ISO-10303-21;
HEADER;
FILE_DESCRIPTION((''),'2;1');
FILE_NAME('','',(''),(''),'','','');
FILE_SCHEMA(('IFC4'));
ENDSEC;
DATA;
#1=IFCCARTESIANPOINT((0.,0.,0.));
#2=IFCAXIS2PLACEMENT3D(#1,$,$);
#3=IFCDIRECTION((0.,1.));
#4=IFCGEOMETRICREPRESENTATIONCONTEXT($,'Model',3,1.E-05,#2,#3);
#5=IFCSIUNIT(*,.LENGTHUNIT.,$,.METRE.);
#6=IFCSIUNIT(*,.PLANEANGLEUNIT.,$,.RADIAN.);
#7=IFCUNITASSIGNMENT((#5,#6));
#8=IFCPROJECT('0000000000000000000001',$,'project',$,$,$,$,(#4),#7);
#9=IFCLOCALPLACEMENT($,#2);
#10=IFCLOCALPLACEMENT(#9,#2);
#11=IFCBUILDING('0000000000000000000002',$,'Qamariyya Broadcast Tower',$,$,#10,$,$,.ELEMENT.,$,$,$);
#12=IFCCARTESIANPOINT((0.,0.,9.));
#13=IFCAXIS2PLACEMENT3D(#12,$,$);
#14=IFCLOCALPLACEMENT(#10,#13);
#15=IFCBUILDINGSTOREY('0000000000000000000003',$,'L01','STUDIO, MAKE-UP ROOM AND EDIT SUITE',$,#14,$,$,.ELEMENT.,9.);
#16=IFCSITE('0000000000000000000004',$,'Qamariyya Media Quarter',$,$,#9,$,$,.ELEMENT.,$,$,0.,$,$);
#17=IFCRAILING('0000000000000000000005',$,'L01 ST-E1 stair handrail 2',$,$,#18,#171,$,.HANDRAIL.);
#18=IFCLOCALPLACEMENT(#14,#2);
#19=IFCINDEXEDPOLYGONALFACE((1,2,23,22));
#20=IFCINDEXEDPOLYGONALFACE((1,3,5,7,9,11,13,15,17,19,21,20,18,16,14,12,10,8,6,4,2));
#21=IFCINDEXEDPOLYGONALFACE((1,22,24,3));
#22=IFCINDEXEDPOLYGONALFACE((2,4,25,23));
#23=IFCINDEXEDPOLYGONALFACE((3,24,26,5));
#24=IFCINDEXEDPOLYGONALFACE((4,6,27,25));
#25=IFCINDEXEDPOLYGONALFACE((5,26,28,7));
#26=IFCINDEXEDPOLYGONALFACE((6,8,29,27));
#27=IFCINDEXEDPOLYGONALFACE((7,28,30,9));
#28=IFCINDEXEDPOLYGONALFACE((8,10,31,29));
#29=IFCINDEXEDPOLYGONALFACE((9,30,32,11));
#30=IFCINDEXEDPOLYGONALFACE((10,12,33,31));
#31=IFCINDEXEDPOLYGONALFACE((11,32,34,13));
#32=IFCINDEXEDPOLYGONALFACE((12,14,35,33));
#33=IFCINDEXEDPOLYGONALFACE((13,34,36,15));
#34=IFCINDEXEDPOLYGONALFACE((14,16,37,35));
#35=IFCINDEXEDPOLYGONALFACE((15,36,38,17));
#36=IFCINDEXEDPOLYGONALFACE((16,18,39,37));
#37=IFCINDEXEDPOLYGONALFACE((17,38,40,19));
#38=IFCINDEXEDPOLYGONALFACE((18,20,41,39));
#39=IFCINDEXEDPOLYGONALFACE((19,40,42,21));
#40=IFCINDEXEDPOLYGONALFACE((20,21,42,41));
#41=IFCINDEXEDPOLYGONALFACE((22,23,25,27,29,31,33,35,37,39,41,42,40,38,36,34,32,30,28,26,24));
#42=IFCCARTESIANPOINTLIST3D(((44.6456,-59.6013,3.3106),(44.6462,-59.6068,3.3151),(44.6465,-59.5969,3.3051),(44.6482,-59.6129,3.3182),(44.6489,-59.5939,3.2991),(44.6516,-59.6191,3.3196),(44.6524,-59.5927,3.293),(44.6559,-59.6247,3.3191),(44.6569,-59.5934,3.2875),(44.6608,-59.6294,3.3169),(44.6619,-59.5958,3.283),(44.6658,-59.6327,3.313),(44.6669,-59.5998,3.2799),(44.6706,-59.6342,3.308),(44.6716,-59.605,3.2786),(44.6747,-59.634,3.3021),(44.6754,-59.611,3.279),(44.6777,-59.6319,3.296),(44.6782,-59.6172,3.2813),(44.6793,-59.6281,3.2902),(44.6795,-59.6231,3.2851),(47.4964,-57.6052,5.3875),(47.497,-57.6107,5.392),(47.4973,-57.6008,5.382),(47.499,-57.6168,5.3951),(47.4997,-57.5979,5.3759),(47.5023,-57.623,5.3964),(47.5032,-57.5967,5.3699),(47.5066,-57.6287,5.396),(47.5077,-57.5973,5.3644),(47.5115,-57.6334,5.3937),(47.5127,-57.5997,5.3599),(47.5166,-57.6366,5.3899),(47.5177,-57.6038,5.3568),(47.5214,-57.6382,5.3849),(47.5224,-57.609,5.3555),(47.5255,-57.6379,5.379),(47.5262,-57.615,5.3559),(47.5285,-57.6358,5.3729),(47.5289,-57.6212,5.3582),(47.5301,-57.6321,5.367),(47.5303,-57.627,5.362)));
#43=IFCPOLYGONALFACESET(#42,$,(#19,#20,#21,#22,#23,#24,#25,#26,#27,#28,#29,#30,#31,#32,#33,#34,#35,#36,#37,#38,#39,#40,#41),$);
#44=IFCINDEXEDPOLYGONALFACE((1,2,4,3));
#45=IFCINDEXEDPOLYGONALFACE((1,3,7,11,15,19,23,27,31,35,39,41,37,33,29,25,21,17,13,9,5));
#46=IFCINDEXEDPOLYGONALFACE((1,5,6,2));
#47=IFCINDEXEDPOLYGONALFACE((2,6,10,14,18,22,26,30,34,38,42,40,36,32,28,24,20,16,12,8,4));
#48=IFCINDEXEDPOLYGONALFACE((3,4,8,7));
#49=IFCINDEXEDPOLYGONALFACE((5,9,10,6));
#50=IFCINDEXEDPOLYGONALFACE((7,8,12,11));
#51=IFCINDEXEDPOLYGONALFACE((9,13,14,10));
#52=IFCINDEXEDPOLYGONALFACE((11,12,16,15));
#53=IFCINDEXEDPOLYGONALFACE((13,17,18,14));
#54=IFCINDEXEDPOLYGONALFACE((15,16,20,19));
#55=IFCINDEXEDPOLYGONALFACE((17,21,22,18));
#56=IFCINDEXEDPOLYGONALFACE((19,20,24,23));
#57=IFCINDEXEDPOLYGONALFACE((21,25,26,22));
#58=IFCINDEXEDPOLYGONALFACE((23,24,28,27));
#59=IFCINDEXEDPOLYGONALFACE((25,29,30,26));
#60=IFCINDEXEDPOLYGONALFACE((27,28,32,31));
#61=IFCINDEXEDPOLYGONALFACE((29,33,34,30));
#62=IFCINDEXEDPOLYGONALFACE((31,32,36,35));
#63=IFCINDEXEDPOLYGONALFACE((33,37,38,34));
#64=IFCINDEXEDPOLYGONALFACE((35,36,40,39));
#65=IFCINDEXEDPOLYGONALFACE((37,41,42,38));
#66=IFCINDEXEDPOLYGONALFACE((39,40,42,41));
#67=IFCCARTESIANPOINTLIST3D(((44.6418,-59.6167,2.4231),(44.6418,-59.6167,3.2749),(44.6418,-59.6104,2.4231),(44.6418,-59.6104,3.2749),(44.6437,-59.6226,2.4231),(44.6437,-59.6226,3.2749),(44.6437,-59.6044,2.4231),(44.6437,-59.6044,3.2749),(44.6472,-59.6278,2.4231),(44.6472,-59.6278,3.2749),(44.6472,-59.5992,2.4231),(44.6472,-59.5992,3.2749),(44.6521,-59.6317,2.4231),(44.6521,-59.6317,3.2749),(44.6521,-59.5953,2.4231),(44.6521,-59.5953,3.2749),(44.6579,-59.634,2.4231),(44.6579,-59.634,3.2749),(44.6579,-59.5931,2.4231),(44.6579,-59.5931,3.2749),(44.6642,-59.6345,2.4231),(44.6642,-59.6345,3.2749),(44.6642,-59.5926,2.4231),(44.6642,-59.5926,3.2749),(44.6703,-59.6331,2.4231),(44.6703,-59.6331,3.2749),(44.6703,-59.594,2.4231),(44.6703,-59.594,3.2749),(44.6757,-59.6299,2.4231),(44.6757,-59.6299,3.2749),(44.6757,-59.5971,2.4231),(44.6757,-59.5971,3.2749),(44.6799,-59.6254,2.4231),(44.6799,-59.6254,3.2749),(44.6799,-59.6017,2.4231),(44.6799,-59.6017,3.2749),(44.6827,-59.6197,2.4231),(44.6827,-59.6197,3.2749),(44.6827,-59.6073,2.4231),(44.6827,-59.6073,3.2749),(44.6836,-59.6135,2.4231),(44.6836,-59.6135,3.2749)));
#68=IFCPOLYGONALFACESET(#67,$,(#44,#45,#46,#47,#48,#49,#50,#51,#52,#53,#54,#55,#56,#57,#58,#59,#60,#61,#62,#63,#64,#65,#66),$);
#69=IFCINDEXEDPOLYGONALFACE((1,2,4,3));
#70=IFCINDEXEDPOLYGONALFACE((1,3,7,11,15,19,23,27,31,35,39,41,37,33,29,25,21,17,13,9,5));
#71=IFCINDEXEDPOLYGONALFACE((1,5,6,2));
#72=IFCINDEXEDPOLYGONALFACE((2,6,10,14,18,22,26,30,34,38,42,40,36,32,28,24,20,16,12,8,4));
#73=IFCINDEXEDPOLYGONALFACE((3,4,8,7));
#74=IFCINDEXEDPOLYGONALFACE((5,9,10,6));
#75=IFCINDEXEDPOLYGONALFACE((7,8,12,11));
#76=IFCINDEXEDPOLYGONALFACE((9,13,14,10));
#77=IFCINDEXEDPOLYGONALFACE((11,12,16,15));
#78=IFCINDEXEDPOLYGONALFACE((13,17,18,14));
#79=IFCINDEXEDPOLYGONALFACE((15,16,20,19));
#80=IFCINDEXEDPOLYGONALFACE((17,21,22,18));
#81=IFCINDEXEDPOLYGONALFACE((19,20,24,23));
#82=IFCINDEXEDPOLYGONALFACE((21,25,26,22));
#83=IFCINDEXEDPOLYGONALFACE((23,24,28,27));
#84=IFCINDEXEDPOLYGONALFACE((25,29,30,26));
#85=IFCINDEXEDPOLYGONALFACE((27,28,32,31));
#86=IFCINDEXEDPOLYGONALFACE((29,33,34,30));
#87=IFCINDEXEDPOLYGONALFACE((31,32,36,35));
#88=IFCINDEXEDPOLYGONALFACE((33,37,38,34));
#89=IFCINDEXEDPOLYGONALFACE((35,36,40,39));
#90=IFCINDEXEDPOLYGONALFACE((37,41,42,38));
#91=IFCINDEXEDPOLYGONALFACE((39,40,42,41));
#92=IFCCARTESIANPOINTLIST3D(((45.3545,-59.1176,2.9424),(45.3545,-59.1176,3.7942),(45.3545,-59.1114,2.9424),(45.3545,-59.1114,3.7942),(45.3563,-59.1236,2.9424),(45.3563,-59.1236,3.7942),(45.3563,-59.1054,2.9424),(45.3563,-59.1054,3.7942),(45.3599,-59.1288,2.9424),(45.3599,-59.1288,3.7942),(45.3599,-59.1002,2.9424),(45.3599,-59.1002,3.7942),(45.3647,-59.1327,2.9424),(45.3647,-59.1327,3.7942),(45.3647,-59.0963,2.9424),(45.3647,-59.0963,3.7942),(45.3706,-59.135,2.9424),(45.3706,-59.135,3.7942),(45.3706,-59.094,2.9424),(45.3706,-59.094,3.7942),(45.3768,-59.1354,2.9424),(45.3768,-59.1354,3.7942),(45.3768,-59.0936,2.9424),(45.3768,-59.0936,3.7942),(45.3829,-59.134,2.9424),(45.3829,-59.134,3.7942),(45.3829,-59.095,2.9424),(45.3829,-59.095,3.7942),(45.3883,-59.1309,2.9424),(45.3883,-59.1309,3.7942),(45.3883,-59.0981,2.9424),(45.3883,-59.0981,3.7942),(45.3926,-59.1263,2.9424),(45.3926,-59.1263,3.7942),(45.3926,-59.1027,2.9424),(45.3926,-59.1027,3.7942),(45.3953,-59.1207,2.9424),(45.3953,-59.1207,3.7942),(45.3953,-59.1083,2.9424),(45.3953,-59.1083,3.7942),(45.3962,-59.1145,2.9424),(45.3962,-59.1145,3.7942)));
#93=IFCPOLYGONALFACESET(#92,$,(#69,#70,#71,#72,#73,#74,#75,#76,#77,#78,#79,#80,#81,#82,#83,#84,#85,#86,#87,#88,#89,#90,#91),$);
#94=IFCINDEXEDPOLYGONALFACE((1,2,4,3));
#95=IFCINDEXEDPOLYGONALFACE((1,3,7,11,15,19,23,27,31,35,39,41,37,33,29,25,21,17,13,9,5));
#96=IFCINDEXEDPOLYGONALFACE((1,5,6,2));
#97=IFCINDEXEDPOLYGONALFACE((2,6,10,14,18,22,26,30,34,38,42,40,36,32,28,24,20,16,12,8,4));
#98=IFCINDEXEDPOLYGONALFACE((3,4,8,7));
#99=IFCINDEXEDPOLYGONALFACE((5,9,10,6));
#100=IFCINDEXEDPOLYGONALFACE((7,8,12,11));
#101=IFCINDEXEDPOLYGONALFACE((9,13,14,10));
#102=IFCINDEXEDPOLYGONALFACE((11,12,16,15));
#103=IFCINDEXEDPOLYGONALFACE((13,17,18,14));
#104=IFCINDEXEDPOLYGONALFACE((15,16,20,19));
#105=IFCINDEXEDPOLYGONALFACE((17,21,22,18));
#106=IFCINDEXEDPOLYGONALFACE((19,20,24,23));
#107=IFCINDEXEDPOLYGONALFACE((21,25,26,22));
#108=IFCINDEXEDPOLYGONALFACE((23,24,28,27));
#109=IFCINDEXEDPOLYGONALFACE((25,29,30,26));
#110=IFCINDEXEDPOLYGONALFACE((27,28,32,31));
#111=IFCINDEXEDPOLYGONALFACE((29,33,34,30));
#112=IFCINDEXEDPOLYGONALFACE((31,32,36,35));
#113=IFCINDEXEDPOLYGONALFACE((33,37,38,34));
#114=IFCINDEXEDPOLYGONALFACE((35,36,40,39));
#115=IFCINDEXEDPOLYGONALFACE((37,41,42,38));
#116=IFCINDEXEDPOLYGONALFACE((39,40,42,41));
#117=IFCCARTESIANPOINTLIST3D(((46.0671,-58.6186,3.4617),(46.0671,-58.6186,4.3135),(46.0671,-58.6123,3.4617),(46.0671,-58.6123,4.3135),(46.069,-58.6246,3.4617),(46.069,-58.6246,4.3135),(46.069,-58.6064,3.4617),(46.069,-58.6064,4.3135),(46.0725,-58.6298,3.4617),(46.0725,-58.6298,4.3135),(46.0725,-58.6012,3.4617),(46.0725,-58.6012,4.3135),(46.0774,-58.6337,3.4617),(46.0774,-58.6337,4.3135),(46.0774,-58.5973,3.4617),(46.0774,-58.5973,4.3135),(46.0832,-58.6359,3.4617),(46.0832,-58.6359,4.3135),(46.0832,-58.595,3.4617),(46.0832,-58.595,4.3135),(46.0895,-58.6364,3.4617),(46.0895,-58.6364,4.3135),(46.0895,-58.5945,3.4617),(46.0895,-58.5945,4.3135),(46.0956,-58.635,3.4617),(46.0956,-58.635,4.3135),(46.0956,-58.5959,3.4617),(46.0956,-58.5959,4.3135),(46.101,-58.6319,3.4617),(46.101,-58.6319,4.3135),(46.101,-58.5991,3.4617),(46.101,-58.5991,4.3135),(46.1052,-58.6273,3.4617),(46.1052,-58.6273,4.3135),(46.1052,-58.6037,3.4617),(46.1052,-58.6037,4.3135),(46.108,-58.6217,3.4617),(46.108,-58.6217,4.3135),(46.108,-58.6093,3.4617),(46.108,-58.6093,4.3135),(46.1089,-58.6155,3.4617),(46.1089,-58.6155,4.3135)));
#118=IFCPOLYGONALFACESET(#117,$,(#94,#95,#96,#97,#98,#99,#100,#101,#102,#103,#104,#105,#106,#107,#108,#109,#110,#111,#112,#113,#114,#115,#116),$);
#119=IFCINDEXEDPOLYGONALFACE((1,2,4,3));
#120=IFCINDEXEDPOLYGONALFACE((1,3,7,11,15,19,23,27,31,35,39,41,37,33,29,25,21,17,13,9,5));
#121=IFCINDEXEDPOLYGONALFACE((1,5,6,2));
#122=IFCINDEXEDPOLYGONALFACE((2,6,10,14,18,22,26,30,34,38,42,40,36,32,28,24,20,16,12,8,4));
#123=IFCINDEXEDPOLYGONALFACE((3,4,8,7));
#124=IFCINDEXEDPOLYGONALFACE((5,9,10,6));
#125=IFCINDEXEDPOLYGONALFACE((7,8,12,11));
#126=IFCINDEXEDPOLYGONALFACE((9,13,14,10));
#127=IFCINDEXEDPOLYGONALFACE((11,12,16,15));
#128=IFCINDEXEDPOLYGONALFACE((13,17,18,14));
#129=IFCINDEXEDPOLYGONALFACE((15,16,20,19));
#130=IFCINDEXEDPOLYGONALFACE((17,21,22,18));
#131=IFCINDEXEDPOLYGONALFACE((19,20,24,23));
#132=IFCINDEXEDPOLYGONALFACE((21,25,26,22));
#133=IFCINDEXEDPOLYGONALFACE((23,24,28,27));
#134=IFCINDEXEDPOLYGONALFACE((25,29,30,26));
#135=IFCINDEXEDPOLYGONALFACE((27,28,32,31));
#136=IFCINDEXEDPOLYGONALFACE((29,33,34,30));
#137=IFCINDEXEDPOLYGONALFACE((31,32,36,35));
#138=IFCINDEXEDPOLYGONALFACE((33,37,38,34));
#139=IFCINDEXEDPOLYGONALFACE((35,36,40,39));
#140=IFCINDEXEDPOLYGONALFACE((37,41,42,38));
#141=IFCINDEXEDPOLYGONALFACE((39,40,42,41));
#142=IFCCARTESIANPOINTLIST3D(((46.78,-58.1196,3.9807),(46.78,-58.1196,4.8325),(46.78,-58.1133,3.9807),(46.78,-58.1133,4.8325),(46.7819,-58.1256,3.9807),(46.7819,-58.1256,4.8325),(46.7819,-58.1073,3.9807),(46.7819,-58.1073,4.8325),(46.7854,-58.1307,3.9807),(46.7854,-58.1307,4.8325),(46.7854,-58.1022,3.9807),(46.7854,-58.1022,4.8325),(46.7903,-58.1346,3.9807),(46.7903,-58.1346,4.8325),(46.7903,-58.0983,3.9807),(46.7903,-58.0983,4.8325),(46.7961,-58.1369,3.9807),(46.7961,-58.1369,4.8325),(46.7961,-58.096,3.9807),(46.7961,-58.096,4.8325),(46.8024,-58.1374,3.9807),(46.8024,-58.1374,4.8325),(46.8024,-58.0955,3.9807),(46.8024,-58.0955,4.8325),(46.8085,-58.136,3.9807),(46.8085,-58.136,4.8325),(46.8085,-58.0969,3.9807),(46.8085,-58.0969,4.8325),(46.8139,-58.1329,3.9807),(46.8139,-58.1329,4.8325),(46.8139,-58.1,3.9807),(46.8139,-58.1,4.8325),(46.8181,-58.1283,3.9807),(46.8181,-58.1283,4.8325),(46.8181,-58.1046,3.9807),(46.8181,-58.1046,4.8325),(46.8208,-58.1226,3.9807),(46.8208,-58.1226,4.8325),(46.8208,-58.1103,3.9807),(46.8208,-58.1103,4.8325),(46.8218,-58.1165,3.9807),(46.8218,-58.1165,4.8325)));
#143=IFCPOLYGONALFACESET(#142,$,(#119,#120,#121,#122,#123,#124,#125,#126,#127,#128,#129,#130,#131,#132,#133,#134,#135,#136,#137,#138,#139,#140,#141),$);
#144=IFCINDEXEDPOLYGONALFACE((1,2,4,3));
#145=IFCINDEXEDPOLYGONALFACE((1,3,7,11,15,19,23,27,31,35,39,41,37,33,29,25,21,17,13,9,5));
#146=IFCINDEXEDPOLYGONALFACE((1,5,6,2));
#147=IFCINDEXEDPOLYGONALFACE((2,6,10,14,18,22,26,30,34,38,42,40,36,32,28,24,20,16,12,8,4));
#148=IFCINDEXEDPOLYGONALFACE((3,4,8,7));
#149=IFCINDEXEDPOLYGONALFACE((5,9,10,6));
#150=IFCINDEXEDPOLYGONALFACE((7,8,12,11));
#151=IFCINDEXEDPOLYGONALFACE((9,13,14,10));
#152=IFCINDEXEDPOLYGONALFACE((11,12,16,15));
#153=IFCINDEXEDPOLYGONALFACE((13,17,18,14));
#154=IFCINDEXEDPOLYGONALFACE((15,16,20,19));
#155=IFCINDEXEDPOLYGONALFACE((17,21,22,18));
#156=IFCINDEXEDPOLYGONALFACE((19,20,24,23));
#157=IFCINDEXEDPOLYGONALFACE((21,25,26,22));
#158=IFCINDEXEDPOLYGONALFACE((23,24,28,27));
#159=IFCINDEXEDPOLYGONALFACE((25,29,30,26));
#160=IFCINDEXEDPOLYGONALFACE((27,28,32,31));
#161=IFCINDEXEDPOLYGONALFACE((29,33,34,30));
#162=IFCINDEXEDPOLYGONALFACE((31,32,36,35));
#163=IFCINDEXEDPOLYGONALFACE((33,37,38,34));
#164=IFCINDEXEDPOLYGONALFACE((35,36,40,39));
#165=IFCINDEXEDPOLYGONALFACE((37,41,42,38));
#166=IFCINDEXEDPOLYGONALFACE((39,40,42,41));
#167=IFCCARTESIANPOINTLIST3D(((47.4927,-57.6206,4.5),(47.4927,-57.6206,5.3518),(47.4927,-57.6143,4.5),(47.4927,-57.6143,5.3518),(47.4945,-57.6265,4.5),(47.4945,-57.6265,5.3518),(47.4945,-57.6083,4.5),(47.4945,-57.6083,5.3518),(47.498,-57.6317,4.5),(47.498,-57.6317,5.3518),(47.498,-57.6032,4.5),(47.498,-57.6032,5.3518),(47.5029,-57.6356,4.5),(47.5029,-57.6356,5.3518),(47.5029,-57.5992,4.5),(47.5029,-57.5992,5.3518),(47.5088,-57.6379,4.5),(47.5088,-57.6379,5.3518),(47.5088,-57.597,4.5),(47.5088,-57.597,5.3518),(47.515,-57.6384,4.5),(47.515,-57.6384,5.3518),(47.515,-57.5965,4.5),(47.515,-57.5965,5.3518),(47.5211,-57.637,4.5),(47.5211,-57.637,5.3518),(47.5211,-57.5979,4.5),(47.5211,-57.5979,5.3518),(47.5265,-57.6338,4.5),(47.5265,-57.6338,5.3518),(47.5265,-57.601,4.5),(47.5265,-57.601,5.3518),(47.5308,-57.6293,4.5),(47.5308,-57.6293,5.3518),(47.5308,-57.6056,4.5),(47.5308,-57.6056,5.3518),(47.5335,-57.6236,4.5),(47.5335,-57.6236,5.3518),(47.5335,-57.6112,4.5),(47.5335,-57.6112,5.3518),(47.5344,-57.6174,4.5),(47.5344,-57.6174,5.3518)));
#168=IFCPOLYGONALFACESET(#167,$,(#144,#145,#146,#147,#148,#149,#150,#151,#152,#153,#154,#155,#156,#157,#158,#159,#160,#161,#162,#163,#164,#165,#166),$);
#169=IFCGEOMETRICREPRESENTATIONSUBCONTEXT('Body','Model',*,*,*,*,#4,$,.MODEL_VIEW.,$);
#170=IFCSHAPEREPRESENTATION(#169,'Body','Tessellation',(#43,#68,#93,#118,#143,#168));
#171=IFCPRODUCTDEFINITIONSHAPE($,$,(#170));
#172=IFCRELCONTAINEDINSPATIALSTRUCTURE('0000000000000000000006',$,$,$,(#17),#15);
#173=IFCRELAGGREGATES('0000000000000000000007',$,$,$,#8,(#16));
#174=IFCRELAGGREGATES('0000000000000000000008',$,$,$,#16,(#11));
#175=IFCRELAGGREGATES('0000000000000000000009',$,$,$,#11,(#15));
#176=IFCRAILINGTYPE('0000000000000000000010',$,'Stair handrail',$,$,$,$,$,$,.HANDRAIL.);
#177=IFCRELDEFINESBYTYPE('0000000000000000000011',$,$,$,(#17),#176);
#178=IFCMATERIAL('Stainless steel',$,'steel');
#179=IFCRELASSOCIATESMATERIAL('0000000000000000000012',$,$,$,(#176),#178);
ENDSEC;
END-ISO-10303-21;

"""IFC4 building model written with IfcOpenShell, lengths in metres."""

from ifc_helpers import new_model, si_unit, direction, frame, origin, origin_2d, place, context, subcontext, project, spatial, circle, extrude, material, type_object, element, save


model = new_model("IFC4")

# Units and contexts
model_context = context("Model", 3, precision=1e-05, world=origin(), true_north=direction((0.0, 1.0)))
body_context = subcontext(model_context, "Body", "Model", "MODEL_VIEW")
ifc_project = project(units=[si_unit("LENGTHUNIT", "METRE"), si_unit("PLANEANGLEUNIT", "RADIAN")], contexts=[model_context])

# Site, building, storey
site_placement = place(None, origin())
site = spatial("IfcSite", under=ifc_project, at=site_placement, Name="Qamariyya Media Quarter", CompositionType="ELEMENT", RefElevation=0.0)
building_placement = place(site_placement, origin())
building = spatial("IfcBuilding", under=site, at=building_placement, Name="Qamariyya Broadcast Tower", CompositionType="ELEMENT")
storey_placement = place(building_placement, frame((0.0, 0.0, 9.0)))
storey = spatial("IfcBuildingStorey", under=building, at=storey_placement, Name="L01", Description="STUDIO, MAKE-UP ROOM AND EDIT SUITE", CompositionType="ELEMENT", Elevation=9.0)

# Railing
ifc_material_1 = material(Name="Stainless steel", Category="steel")
railing_type_1 = type_object("IfcRailingType", Name="Stair handrail", PredefinedType="HANDRAIL", material=ifc_material_1)
railing_1_placement = place(storey_placement, frame((44.6626, -59.6135, 2.4231)))
element("IfcRailing", 1, at=railing_1_placement, inside=storey, type_object=railing_type_1, Name="L01 ST-E1 stair handrail 2", PredefinedType="HANDRAIL", context=body_context, shape_type="SweptSolid", body=[
    extrude(circle(Radius=0.0239, at=origin_2d()), frame((0.0, 0.0, 0.876), z_axis=(0.703423, 0.492523, 0.512462), x_axis=(-0.573561, 0.819163, 0.0)), (0.0, 0.0, 1.0), 4.0527),
    extrude(circle(Radius=0.021, at=origin_2d()), origin(), (0.0, 0.0, 1.0), 0.8518),
    extrude(circle(Radius=0.021, at=origin_2d()), frame((0.7126, 0.499, 0.5193)), (0.0, 0.0, 1.0), 0.8518),
    extrude(circle(Radius=0.021, at=origin_2d()), frame((1.4253, 0.998, 1.0386)), (0.0, 0.0, 1.0), 0.8518),
    extrude(circle(Radius=0.021, at=origin_2d()), frame((2.1382, 1.4971, 1.5576)), (0.0, 0.0, 1.0), 0.8518),
    extrude(circle(Radius=0.021, at=origin_2d()), frame((2.8508, 1.9961, 2.0769)), (0.0, 0.0, 1.0), 0.8518),
])

save(model, "model.ifc")
